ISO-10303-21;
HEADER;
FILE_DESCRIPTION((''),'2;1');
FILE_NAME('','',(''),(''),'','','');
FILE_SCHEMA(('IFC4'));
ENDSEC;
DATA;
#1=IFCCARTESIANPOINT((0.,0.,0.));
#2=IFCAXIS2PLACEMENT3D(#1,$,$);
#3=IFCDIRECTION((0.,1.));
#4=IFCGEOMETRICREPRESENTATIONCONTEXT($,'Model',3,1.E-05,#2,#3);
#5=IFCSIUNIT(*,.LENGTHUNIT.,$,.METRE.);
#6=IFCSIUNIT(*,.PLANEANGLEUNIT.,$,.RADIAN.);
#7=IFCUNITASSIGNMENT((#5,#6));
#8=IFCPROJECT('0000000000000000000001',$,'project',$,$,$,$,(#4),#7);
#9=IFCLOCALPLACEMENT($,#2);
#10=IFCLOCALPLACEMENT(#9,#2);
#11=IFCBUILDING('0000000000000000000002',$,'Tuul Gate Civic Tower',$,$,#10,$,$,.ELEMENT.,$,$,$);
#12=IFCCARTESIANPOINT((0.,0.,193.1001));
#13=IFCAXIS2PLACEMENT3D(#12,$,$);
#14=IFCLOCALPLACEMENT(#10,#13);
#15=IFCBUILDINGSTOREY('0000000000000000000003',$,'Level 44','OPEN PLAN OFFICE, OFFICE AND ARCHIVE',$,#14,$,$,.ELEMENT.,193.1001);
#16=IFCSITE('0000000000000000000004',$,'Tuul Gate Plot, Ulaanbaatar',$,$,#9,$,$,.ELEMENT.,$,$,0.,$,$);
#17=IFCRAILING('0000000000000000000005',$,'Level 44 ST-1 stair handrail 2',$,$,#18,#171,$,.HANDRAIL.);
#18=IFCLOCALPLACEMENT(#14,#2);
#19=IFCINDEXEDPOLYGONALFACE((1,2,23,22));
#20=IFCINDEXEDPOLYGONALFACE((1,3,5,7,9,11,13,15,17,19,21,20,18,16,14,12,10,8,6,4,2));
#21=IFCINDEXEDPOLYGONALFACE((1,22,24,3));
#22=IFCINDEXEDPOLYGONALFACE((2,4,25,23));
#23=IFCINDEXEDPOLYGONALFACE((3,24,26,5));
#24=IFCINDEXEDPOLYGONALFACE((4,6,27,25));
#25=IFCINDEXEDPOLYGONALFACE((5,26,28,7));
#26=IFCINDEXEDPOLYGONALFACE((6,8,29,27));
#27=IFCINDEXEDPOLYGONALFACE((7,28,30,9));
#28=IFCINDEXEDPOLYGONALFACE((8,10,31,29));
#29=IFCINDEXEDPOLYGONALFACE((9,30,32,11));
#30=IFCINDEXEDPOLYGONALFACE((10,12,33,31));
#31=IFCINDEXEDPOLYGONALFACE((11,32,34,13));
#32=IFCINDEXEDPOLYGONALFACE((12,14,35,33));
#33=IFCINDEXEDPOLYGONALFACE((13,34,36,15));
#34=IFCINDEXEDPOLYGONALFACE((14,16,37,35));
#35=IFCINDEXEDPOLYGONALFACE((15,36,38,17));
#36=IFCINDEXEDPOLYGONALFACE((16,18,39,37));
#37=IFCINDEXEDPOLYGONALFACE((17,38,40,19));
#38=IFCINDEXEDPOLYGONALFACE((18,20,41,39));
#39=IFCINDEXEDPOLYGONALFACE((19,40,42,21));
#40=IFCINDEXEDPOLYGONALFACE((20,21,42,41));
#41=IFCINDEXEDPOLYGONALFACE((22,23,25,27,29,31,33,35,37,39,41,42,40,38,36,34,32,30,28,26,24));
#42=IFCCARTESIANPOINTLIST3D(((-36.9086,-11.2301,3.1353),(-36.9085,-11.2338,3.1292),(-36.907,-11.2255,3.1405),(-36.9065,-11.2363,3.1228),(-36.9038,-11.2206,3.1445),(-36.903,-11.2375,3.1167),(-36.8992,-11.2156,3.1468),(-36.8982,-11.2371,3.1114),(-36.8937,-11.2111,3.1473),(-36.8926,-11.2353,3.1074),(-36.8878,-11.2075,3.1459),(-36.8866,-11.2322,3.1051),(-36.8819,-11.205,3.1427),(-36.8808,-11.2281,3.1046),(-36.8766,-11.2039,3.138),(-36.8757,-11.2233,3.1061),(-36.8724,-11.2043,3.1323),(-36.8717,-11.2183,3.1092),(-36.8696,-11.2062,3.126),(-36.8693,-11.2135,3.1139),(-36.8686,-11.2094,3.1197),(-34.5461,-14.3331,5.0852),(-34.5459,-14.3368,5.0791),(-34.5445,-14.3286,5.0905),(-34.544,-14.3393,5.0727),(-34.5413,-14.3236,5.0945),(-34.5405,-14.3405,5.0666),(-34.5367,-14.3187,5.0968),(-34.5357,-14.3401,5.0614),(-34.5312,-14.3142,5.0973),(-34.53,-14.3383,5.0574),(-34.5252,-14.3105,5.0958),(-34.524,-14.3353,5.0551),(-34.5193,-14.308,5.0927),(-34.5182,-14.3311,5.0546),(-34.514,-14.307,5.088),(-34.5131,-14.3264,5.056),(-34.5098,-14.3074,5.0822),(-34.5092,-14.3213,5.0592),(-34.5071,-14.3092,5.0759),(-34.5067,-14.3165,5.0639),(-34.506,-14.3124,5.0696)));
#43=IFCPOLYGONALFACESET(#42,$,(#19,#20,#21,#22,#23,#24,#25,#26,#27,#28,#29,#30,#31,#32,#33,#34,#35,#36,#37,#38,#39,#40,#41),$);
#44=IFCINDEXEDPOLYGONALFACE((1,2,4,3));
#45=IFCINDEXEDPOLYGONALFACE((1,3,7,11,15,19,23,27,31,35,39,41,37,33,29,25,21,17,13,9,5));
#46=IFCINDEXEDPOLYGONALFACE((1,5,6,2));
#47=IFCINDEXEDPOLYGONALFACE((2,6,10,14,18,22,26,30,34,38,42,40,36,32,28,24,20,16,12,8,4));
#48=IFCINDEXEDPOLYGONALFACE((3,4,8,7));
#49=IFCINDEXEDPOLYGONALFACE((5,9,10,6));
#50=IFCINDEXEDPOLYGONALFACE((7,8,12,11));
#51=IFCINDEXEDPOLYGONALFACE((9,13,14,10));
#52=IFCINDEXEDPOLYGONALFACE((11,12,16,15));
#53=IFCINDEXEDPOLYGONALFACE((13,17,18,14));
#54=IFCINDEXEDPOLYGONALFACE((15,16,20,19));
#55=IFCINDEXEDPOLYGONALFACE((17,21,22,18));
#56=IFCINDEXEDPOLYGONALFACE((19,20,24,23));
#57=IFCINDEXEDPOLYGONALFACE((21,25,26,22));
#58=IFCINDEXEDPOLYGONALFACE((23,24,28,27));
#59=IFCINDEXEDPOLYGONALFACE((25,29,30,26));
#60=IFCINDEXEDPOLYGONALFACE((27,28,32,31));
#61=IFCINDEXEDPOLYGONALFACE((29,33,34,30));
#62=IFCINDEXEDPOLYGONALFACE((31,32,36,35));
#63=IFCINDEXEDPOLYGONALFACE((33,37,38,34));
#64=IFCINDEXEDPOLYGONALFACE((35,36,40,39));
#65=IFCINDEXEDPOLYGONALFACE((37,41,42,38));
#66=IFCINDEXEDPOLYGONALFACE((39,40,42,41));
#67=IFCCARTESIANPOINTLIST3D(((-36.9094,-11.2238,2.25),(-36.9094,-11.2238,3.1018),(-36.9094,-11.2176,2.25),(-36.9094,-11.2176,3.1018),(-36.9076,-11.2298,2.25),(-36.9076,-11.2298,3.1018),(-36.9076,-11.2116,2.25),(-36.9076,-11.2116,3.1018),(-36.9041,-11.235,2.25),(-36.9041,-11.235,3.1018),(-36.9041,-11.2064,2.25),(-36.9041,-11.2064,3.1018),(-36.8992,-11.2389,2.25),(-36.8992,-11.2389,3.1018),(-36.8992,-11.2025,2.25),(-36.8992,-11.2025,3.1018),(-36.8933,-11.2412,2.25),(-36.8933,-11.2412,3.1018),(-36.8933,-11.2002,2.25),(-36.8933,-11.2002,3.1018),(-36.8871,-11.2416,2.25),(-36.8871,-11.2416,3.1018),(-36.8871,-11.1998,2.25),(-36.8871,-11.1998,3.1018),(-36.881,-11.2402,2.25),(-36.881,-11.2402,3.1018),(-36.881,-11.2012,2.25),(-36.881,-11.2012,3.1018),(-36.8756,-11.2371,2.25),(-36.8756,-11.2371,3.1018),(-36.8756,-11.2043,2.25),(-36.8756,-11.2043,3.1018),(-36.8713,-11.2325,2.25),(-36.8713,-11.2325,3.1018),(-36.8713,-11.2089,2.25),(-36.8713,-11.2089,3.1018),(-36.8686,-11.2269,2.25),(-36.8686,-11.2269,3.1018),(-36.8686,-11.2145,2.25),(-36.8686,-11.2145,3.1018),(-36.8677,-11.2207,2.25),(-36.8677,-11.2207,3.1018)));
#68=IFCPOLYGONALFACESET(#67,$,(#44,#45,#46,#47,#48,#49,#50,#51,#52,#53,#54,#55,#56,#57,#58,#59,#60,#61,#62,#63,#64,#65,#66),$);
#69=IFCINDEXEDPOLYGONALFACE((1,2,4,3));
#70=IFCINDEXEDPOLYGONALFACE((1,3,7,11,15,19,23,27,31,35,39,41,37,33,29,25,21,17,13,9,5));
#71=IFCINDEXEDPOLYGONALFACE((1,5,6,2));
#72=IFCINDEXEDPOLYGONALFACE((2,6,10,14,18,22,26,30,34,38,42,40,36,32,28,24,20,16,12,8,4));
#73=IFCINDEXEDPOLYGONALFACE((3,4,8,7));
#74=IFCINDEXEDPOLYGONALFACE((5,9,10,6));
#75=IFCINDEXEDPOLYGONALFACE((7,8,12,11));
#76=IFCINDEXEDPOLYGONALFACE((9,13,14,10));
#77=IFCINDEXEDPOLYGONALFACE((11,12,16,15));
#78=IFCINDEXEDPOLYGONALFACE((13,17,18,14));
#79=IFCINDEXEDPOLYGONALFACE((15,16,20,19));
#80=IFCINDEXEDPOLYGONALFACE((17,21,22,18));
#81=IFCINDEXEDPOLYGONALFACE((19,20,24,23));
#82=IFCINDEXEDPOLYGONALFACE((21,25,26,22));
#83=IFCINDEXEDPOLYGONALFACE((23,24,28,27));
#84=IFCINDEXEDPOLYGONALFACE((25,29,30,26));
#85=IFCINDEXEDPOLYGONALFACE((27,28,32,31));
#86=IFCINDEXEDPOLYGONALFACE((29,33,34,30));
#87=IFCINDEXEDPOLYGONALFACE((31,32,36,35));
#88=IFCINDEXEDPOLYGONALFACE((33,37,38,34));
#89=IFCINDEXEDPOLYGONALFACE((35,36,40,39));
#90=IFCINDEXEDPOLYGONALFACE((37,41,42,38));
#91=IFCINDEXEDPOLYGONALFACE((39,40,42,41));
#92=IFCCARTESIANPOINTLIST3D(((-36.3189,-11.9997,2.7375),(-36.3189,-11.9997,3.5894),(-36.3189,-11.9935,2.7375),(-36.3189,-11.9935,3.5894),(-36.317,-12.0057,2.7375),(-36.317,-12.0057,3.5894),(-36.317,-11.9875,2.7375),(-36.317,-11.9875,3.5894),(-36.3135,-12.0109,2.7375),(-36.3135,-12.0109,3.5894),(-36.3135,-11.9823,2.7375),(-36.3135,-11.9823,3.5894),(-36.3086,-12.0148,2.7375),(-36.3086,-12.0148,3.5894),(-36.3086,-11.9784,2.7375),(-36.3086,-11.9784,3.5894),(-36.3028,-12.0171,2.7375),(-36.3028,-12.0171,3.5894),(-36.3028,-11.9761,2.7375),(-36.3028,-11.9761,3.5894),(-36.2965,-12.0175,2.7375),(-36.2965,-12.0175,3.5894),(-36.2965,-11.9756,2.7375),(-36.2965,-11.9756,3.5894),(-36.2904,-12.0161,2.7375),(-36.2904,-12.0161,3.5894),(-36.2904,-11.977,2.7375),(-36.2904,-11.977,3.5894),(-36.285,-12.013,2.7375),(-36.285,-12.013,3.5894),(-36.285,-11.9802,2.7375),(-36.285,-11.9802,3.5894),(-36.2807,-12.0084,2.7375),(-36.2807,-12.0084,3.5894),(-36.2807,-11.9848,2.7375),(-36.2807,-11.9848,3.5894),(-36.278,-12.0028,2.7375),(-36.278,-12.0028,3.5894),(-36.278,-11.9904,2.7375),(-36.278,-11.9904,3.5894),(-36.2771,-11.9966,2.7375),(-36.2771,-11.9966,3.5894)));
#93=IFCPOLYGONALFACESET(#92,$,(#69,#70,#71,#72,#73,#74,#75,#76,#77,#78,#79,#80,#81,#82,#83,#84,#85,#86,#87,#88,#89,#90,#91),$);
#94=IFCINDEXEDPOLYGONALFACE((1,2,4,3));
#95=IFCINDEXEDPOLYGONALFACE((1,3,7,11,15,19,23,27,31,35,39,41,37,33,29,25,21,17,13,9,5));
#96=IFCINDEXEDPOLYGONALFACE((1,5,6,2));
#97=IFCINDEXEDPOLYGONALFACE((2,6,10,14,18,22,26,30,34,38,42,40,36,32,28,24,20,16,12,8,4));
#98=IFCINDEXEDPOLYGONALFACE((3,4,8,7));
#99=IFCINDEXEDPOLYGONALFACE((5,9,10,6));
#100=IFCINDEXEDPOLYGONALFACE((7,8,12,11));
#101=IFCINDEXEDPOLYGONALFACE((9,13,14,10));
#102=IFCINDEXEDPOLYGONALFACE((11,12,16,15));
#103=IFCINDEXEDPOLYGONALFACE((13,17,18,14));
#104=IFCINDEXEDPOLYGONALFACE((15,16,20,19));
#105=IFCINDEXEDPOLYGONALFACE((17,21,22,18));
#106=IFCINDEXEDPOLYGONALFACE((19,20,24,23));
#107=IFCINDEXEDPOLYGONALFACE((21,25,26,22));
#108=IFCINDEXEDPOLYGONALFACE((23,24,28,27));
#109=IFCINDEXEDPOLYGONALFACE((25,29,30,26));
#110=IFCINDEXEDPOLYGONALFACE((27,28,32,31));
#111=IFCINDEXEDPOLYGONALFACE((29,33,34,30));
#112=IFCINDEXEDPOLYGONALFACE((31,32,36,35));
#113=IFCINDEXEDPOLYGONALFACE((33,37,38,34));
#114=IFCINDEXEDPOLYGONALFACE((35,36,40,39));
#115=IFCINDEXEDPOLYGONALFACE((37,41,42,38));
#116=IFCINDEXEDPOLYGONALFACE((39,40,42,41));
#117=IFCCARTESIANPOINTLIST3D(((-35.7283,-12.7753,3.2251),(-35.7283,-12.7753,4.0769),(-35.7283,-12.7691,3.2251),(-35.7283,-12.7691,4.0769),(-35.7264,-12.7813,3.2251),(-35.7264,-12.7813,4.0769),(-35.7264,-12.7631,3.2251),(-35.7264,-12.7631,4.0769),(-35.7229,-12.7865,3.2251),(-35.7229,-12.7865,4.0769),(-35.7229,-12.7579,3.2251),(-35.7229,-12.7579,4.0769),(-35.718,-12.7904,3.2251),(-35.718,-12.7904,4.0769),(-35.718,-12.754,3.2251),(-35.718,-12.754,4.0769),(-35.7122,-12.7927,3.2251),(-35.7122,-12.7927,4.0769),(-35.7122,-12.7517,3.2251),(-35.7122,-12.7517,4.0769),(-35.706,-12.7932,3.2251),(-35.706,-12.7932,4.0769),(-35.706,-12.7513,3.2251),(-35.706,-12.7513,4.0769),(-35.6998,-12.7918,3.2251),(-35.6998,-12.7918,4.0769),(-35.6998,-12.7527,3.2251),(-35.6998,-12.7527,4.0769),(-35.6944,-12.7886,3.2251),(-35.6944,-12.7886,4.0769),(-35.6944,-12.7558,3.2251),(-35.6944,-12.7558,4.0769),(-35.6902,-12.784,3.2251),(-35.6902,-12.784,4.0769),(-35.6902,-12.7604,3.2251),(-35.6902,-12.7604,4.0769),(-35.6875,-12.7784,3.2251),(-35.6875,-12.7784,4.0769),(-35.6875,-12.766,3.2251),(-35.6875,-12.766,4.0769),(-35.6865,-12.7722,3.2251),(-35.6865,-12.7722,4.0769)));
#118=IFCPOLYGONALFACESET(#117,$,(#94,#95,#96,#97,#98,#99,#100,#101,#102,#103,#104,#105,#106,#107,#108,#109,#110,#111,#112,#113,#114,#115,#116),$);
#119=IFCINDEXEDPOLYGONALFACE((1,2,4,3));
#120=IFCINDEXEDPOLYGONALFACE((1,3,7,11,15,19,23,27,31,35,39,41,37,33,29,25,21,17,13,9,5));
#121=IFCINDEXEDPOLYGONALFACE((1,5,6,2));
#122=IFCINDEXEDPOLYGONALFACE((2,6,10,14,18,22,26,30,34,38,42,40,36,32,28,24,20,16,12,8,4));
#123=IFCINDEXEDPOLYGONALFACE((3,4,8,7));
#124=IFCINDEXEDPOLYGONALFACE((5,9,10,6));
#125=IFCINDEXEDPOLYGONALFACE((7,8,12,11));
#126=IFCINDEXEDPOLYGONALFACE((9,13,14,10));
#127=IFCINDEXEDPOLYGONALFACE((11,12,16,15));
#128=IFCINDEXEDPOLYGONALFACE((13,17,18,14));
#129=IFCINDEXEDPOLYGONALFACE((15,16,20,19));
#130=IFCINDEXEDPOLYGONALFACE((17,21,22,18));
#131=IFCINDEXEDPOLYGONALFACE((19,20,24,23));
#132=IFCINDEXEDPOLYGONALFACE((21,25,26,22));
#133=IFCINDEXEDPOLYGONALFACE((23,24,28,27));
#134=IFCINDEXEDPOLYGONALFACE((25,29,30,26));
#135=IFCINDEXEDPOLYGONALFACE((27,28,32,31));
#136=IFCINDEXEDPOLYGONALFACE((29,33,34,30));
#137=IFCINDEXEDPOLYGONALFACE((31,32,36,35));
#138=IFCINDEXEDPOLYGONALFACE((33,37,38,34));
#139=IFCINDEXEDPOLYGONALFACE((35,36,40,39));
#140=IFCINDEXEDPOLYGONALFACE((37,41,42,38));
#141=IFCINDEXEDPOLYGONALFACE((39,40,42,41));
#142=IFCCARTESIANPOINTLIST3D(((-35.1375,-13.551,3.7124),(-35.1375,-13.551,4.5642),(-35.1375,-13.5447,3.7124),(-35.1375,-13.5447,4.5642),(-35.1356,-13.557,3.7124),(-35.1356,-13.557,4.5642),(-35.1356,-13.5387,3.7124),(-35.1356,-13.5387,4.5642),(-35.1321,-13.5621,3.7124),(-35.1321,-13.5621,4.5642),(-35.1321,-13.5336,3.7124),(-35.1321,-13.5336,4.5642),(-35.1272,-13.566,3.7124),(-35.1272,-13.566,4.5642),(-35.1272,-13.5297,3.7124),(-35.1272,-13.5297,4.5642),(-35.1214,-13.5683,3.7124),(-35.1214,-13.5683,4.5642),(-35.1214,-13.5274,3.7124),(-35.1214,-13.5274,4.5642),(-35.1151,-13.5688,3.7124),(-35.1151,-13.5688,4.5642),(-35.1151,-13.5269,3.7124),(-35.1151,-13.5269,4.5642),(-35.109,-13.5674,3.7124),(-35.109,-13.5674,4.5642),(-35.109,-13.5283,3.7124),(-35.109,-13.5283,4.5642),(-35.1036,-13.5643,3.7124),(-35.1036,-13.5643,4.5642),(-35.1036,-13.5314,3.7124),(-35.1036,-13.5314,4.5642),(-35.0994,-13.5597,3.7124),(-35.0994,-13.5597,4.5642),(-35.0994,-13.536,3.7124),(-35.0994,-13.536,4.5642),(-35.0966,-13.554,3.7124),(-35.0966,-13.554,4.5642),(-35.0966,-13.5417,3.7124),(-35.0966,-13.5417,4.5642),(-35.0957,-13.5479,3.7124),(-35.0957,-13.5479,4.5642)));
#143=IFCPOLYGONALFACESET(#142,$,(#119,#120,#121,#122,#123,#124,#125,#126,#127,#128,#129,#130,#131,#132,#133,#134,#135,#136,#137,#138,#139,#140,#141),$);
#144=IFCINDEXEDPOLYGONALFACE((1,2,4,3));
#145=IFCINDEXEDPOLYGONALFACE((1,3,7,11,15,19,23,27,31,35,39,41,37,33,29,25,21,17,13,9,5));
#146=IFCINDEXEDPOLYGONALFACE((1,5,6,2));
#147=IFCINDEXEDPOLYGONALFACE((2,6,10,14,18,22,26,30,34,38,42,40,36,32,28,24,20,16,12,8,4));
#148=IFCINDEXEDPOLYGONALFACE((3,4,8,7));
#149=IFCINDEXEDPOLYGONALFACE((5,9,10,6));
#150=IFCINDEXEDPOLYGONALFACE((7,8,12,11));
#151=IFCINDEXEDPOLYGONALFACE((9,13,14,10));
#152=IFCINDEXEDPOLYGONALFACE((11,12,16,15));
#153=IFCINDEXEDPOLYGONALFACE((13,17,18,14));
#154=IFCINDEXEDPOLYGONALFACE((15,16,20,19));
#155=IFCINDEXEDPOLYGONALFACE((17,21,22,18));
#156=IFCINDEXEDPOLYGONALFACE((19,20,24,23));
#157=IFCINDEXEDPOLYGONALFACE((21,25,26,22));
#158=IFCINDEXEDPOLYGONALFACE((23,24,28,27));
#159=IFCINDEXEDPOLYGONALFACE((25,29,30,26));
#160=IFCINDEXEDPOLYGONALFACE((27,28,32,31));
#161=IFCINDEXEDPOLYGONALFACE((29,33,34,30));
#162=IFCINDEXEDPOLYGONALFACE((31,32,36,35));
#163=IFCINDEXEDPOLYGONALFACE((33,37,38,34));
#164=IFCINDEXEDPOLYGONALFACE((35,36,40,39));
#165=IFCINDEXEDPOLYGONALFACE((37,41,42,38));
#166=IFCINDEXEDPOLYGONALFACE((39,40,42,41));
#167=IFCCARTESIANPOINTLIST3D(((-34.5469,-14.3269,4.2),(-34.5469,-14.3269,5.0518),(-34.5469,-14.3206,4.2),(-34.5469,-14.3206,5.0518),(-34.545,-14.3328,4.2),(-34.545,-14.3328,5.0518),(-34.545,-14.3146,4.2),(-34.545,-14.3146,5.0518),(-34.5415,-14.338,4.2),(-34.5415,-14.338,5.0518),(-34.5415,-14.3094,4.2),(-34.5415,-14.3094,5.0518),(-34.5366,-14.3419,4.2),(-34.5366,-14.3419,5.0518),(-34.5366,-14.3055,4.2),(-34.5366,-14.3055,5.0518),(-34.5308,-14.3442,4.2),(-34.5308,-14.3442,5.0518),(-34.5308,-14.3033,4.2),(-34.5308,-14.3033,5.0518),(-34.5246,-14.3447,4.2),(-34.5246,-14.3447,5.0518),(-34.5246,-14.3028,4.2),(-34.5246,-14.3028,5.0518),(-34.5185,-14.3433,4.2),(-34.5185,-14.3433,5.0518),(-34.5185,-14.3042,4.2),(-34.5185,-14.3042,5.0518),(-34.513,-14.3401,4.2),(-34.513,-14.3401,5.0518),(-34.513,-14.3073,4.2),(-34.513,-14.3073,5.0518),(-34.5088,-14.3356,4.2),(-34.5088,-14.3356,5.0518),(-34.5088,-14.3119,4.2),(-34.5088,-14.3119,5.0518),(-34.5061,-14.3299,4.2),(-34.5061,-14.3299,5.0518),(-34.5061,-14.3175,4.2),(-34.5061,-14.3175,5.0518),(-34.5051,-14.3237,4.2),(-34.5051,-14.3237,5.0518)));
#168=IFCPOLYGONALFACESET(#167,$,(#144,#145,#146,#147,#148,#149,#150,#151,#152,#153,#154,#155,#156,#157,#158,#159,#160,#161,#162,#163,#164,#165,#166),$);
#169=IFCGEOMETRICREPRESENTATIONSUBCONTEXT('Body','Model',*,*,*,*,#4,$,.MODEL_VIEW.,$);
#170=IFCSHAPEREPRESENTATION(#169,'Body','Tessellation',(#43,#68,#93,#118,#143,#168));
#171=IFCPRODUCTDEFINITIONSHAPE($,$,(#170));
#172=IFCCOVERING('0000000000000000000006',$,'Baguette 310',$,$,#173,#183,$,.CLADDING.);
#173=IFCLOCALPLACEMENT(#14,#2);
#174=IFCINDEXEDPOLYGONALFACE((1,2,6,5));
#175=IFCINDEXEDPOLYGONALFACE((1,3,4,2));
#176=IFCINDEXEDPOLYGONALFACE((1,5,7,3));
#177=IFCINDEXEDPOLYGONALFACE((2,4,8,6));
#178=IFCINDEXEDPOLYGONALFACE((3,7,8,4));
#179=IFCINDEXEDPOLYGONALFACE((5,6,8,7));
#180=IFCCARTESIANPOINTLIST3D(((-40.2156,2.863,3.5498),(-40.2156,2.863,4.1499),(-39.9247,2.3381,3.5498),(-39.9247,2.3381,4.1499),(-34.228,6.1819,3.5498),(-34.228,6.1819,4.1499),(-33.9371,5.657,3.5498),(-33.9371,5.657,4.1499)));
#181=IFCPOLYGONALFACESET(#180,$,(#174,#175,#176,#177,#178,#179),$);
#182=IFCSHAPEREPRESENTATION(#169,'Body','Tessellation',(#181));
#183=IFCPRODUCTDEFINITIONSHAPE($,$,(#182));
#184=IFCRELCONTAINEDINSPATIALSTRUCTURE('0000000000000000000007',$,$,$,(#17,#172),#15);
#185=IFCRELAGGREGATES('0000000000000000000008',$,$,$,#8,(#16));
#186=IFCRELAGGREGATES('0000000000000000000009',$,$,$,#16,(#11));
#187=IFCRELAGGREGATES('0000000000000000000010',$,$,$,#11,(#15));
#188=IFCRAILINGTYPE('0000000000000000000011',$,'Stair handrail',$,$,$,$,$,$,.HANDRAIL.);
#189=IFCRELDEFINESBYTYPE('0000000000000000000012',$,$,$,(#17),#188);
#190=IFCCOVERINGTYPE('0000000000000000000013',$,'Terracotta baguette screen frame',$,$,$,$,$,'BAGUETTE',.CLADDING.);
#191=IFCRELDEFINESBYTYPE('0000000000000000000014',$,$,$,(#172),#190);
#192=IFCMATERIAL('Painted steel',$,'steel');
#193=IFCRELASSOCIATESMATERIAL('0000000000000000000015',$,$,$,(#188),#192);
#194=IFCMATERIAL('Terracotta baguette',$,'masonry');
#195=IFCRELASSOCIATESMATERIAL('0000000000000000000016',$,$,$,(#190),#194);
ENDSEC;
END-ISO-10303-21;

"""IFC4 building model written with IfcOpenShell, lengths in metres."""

from ifc_helpers import new_model, si_unit, direction, frame, origin, origin_2d, place, context, subcontext, project, spatial, rectangle, circle, extrude, material, material_profile, profile_set, type_object, element, save


model = new_model("IFC4")

# Units and contexts
model_context = context("Model", 3, precision=1e-05, world=origin(), true_north=direction((0.0, 1.0)))
body_context = subcontext(model_context, "Body", "Model", "MODEL_VIEW")
ifc_project = project(units=[si_unit("LENGTHUNIT", "METRE"), si_unit("PLANEANGLEUNIT", "RADIAN")], contexts=[model_context])

# Site, building, storey
site_placement = place(None, origin())
site = spatial("IfcSite", under=ifc_project, at=site_placement, Name="Tuul Gate Plot, Ulaanbaatar", CompositionType="ELEMENT", RefElevation=0.0)
building_placement = place(site_placement, origin())
building = spatial("IfcBuilding", under=site, at=building_placement, Name="Tuul Gate Civic Tower", CompositionType="ELEMENT")
storey_placement = place(building_placement, frame((0.0, 0.0, 193.1001)))
storey = spatial("IfcBuildingStorey", under=building, at=storey_placement, Name="Level 44", Description="OPEN PLAN OFFICE, OFFICE AND ARCHIVE", CompositionType="ELEMENT", Elevation=193.1001)

# Railing
ifc_material_1 = material(Name="Painted steel", Category="steel")
railing_type_1 = type_object("IfcRailingType", Name="Stair handrail", PredefinedType="HANDRAIL", material=ifc_material_1)
railing_1_placement = place(storey_placement, frame((-36.8887, -11.2207, 2.25)))
element("IfcRailing", 1, at=railing_1_placement, inside=storey, type_object=railing_type_1, Name="Level 44 ST-1 stair handrail 2", PredefinedType="HANDRAIL", context=body_context, shape_type="SweptSolid", body=[
    extrude(circle(Radius=0.0239, at=origin_2d()), frame((0.0, 0.0, 0.876), z_axis=(0.541824, -0.711645, 0.4472), x_axis=(0.795637, 0.605773, 0.0)), (0.0, 0.0, 1.0), 4.3604),
    extrude(circle(Radius=0.021, at=origin_2d()), origin(), (0.0, 0.0, 1.0), 0.8518),
    extrude(circle(Radius=0.021, at=origin_2d()), frame((0.5906, -0.7759, 0.4875)), (0.0, 0.0, 1.0), 0.8518),
    extrude(circle(Radius=0.021, at=origin_2d()), frame((1.1812, -1.5515, 0.9751)), (0.0, 0.0, 1.0), 0.8518),
    extrude(circle(Radius=0.021, at=origin_2d()), frame((1.772, -2.3271, 1.4624)), (0.0, 0.0, 1.0), 0.8518),
    extrude(circle(Radius=0.021, at=origin_2d()), frame((2.3625, -3.103, 1.95)), (0.0, 0.0, 1.0), 0.8518),
])

# Covering
ifc_material_2 = material(Name="Terracotta baguette", Category="masonry")
ifc_material_profile_1 = material_profile(ifc_material_2, rectangle(XDim=0.6001, YDim=0.6001, at=origin_2d()), Name="Terracotta baguette screen frame")
ifc_profile_set_1 = profile_set([ifc_material_profile_1], Name="Terracotta baguette")
covering_type = type_object("IfcCoveringType", Name="Terracotta baguette screen frame", ElementType="BAGUETTE", PredefinedType="CLADDING", material=ifc_profile_set_1)
covering_placement = place(storey_placement, frame((-34.0825, 5.9194, 3.8499), z_axis=(-0.874626, -0.484798, 0.0), x_axis=(0.484798, -0.874626, 0.0)))
element("IfcCovering", 2, at=covering_placement, inside=storey, type_object=covering_type, Name="Baguette 310", PredefinedType="CLADDING", context=body_context, shape_type="SweptSolid", body=[
    extrude(rectangle(XDim=0.6001, YDim=0.6001, at=origin_2d()), origin(), (0.0, 0.0, 1.0), 6.8459),
])

save(model, "model.ifc")
